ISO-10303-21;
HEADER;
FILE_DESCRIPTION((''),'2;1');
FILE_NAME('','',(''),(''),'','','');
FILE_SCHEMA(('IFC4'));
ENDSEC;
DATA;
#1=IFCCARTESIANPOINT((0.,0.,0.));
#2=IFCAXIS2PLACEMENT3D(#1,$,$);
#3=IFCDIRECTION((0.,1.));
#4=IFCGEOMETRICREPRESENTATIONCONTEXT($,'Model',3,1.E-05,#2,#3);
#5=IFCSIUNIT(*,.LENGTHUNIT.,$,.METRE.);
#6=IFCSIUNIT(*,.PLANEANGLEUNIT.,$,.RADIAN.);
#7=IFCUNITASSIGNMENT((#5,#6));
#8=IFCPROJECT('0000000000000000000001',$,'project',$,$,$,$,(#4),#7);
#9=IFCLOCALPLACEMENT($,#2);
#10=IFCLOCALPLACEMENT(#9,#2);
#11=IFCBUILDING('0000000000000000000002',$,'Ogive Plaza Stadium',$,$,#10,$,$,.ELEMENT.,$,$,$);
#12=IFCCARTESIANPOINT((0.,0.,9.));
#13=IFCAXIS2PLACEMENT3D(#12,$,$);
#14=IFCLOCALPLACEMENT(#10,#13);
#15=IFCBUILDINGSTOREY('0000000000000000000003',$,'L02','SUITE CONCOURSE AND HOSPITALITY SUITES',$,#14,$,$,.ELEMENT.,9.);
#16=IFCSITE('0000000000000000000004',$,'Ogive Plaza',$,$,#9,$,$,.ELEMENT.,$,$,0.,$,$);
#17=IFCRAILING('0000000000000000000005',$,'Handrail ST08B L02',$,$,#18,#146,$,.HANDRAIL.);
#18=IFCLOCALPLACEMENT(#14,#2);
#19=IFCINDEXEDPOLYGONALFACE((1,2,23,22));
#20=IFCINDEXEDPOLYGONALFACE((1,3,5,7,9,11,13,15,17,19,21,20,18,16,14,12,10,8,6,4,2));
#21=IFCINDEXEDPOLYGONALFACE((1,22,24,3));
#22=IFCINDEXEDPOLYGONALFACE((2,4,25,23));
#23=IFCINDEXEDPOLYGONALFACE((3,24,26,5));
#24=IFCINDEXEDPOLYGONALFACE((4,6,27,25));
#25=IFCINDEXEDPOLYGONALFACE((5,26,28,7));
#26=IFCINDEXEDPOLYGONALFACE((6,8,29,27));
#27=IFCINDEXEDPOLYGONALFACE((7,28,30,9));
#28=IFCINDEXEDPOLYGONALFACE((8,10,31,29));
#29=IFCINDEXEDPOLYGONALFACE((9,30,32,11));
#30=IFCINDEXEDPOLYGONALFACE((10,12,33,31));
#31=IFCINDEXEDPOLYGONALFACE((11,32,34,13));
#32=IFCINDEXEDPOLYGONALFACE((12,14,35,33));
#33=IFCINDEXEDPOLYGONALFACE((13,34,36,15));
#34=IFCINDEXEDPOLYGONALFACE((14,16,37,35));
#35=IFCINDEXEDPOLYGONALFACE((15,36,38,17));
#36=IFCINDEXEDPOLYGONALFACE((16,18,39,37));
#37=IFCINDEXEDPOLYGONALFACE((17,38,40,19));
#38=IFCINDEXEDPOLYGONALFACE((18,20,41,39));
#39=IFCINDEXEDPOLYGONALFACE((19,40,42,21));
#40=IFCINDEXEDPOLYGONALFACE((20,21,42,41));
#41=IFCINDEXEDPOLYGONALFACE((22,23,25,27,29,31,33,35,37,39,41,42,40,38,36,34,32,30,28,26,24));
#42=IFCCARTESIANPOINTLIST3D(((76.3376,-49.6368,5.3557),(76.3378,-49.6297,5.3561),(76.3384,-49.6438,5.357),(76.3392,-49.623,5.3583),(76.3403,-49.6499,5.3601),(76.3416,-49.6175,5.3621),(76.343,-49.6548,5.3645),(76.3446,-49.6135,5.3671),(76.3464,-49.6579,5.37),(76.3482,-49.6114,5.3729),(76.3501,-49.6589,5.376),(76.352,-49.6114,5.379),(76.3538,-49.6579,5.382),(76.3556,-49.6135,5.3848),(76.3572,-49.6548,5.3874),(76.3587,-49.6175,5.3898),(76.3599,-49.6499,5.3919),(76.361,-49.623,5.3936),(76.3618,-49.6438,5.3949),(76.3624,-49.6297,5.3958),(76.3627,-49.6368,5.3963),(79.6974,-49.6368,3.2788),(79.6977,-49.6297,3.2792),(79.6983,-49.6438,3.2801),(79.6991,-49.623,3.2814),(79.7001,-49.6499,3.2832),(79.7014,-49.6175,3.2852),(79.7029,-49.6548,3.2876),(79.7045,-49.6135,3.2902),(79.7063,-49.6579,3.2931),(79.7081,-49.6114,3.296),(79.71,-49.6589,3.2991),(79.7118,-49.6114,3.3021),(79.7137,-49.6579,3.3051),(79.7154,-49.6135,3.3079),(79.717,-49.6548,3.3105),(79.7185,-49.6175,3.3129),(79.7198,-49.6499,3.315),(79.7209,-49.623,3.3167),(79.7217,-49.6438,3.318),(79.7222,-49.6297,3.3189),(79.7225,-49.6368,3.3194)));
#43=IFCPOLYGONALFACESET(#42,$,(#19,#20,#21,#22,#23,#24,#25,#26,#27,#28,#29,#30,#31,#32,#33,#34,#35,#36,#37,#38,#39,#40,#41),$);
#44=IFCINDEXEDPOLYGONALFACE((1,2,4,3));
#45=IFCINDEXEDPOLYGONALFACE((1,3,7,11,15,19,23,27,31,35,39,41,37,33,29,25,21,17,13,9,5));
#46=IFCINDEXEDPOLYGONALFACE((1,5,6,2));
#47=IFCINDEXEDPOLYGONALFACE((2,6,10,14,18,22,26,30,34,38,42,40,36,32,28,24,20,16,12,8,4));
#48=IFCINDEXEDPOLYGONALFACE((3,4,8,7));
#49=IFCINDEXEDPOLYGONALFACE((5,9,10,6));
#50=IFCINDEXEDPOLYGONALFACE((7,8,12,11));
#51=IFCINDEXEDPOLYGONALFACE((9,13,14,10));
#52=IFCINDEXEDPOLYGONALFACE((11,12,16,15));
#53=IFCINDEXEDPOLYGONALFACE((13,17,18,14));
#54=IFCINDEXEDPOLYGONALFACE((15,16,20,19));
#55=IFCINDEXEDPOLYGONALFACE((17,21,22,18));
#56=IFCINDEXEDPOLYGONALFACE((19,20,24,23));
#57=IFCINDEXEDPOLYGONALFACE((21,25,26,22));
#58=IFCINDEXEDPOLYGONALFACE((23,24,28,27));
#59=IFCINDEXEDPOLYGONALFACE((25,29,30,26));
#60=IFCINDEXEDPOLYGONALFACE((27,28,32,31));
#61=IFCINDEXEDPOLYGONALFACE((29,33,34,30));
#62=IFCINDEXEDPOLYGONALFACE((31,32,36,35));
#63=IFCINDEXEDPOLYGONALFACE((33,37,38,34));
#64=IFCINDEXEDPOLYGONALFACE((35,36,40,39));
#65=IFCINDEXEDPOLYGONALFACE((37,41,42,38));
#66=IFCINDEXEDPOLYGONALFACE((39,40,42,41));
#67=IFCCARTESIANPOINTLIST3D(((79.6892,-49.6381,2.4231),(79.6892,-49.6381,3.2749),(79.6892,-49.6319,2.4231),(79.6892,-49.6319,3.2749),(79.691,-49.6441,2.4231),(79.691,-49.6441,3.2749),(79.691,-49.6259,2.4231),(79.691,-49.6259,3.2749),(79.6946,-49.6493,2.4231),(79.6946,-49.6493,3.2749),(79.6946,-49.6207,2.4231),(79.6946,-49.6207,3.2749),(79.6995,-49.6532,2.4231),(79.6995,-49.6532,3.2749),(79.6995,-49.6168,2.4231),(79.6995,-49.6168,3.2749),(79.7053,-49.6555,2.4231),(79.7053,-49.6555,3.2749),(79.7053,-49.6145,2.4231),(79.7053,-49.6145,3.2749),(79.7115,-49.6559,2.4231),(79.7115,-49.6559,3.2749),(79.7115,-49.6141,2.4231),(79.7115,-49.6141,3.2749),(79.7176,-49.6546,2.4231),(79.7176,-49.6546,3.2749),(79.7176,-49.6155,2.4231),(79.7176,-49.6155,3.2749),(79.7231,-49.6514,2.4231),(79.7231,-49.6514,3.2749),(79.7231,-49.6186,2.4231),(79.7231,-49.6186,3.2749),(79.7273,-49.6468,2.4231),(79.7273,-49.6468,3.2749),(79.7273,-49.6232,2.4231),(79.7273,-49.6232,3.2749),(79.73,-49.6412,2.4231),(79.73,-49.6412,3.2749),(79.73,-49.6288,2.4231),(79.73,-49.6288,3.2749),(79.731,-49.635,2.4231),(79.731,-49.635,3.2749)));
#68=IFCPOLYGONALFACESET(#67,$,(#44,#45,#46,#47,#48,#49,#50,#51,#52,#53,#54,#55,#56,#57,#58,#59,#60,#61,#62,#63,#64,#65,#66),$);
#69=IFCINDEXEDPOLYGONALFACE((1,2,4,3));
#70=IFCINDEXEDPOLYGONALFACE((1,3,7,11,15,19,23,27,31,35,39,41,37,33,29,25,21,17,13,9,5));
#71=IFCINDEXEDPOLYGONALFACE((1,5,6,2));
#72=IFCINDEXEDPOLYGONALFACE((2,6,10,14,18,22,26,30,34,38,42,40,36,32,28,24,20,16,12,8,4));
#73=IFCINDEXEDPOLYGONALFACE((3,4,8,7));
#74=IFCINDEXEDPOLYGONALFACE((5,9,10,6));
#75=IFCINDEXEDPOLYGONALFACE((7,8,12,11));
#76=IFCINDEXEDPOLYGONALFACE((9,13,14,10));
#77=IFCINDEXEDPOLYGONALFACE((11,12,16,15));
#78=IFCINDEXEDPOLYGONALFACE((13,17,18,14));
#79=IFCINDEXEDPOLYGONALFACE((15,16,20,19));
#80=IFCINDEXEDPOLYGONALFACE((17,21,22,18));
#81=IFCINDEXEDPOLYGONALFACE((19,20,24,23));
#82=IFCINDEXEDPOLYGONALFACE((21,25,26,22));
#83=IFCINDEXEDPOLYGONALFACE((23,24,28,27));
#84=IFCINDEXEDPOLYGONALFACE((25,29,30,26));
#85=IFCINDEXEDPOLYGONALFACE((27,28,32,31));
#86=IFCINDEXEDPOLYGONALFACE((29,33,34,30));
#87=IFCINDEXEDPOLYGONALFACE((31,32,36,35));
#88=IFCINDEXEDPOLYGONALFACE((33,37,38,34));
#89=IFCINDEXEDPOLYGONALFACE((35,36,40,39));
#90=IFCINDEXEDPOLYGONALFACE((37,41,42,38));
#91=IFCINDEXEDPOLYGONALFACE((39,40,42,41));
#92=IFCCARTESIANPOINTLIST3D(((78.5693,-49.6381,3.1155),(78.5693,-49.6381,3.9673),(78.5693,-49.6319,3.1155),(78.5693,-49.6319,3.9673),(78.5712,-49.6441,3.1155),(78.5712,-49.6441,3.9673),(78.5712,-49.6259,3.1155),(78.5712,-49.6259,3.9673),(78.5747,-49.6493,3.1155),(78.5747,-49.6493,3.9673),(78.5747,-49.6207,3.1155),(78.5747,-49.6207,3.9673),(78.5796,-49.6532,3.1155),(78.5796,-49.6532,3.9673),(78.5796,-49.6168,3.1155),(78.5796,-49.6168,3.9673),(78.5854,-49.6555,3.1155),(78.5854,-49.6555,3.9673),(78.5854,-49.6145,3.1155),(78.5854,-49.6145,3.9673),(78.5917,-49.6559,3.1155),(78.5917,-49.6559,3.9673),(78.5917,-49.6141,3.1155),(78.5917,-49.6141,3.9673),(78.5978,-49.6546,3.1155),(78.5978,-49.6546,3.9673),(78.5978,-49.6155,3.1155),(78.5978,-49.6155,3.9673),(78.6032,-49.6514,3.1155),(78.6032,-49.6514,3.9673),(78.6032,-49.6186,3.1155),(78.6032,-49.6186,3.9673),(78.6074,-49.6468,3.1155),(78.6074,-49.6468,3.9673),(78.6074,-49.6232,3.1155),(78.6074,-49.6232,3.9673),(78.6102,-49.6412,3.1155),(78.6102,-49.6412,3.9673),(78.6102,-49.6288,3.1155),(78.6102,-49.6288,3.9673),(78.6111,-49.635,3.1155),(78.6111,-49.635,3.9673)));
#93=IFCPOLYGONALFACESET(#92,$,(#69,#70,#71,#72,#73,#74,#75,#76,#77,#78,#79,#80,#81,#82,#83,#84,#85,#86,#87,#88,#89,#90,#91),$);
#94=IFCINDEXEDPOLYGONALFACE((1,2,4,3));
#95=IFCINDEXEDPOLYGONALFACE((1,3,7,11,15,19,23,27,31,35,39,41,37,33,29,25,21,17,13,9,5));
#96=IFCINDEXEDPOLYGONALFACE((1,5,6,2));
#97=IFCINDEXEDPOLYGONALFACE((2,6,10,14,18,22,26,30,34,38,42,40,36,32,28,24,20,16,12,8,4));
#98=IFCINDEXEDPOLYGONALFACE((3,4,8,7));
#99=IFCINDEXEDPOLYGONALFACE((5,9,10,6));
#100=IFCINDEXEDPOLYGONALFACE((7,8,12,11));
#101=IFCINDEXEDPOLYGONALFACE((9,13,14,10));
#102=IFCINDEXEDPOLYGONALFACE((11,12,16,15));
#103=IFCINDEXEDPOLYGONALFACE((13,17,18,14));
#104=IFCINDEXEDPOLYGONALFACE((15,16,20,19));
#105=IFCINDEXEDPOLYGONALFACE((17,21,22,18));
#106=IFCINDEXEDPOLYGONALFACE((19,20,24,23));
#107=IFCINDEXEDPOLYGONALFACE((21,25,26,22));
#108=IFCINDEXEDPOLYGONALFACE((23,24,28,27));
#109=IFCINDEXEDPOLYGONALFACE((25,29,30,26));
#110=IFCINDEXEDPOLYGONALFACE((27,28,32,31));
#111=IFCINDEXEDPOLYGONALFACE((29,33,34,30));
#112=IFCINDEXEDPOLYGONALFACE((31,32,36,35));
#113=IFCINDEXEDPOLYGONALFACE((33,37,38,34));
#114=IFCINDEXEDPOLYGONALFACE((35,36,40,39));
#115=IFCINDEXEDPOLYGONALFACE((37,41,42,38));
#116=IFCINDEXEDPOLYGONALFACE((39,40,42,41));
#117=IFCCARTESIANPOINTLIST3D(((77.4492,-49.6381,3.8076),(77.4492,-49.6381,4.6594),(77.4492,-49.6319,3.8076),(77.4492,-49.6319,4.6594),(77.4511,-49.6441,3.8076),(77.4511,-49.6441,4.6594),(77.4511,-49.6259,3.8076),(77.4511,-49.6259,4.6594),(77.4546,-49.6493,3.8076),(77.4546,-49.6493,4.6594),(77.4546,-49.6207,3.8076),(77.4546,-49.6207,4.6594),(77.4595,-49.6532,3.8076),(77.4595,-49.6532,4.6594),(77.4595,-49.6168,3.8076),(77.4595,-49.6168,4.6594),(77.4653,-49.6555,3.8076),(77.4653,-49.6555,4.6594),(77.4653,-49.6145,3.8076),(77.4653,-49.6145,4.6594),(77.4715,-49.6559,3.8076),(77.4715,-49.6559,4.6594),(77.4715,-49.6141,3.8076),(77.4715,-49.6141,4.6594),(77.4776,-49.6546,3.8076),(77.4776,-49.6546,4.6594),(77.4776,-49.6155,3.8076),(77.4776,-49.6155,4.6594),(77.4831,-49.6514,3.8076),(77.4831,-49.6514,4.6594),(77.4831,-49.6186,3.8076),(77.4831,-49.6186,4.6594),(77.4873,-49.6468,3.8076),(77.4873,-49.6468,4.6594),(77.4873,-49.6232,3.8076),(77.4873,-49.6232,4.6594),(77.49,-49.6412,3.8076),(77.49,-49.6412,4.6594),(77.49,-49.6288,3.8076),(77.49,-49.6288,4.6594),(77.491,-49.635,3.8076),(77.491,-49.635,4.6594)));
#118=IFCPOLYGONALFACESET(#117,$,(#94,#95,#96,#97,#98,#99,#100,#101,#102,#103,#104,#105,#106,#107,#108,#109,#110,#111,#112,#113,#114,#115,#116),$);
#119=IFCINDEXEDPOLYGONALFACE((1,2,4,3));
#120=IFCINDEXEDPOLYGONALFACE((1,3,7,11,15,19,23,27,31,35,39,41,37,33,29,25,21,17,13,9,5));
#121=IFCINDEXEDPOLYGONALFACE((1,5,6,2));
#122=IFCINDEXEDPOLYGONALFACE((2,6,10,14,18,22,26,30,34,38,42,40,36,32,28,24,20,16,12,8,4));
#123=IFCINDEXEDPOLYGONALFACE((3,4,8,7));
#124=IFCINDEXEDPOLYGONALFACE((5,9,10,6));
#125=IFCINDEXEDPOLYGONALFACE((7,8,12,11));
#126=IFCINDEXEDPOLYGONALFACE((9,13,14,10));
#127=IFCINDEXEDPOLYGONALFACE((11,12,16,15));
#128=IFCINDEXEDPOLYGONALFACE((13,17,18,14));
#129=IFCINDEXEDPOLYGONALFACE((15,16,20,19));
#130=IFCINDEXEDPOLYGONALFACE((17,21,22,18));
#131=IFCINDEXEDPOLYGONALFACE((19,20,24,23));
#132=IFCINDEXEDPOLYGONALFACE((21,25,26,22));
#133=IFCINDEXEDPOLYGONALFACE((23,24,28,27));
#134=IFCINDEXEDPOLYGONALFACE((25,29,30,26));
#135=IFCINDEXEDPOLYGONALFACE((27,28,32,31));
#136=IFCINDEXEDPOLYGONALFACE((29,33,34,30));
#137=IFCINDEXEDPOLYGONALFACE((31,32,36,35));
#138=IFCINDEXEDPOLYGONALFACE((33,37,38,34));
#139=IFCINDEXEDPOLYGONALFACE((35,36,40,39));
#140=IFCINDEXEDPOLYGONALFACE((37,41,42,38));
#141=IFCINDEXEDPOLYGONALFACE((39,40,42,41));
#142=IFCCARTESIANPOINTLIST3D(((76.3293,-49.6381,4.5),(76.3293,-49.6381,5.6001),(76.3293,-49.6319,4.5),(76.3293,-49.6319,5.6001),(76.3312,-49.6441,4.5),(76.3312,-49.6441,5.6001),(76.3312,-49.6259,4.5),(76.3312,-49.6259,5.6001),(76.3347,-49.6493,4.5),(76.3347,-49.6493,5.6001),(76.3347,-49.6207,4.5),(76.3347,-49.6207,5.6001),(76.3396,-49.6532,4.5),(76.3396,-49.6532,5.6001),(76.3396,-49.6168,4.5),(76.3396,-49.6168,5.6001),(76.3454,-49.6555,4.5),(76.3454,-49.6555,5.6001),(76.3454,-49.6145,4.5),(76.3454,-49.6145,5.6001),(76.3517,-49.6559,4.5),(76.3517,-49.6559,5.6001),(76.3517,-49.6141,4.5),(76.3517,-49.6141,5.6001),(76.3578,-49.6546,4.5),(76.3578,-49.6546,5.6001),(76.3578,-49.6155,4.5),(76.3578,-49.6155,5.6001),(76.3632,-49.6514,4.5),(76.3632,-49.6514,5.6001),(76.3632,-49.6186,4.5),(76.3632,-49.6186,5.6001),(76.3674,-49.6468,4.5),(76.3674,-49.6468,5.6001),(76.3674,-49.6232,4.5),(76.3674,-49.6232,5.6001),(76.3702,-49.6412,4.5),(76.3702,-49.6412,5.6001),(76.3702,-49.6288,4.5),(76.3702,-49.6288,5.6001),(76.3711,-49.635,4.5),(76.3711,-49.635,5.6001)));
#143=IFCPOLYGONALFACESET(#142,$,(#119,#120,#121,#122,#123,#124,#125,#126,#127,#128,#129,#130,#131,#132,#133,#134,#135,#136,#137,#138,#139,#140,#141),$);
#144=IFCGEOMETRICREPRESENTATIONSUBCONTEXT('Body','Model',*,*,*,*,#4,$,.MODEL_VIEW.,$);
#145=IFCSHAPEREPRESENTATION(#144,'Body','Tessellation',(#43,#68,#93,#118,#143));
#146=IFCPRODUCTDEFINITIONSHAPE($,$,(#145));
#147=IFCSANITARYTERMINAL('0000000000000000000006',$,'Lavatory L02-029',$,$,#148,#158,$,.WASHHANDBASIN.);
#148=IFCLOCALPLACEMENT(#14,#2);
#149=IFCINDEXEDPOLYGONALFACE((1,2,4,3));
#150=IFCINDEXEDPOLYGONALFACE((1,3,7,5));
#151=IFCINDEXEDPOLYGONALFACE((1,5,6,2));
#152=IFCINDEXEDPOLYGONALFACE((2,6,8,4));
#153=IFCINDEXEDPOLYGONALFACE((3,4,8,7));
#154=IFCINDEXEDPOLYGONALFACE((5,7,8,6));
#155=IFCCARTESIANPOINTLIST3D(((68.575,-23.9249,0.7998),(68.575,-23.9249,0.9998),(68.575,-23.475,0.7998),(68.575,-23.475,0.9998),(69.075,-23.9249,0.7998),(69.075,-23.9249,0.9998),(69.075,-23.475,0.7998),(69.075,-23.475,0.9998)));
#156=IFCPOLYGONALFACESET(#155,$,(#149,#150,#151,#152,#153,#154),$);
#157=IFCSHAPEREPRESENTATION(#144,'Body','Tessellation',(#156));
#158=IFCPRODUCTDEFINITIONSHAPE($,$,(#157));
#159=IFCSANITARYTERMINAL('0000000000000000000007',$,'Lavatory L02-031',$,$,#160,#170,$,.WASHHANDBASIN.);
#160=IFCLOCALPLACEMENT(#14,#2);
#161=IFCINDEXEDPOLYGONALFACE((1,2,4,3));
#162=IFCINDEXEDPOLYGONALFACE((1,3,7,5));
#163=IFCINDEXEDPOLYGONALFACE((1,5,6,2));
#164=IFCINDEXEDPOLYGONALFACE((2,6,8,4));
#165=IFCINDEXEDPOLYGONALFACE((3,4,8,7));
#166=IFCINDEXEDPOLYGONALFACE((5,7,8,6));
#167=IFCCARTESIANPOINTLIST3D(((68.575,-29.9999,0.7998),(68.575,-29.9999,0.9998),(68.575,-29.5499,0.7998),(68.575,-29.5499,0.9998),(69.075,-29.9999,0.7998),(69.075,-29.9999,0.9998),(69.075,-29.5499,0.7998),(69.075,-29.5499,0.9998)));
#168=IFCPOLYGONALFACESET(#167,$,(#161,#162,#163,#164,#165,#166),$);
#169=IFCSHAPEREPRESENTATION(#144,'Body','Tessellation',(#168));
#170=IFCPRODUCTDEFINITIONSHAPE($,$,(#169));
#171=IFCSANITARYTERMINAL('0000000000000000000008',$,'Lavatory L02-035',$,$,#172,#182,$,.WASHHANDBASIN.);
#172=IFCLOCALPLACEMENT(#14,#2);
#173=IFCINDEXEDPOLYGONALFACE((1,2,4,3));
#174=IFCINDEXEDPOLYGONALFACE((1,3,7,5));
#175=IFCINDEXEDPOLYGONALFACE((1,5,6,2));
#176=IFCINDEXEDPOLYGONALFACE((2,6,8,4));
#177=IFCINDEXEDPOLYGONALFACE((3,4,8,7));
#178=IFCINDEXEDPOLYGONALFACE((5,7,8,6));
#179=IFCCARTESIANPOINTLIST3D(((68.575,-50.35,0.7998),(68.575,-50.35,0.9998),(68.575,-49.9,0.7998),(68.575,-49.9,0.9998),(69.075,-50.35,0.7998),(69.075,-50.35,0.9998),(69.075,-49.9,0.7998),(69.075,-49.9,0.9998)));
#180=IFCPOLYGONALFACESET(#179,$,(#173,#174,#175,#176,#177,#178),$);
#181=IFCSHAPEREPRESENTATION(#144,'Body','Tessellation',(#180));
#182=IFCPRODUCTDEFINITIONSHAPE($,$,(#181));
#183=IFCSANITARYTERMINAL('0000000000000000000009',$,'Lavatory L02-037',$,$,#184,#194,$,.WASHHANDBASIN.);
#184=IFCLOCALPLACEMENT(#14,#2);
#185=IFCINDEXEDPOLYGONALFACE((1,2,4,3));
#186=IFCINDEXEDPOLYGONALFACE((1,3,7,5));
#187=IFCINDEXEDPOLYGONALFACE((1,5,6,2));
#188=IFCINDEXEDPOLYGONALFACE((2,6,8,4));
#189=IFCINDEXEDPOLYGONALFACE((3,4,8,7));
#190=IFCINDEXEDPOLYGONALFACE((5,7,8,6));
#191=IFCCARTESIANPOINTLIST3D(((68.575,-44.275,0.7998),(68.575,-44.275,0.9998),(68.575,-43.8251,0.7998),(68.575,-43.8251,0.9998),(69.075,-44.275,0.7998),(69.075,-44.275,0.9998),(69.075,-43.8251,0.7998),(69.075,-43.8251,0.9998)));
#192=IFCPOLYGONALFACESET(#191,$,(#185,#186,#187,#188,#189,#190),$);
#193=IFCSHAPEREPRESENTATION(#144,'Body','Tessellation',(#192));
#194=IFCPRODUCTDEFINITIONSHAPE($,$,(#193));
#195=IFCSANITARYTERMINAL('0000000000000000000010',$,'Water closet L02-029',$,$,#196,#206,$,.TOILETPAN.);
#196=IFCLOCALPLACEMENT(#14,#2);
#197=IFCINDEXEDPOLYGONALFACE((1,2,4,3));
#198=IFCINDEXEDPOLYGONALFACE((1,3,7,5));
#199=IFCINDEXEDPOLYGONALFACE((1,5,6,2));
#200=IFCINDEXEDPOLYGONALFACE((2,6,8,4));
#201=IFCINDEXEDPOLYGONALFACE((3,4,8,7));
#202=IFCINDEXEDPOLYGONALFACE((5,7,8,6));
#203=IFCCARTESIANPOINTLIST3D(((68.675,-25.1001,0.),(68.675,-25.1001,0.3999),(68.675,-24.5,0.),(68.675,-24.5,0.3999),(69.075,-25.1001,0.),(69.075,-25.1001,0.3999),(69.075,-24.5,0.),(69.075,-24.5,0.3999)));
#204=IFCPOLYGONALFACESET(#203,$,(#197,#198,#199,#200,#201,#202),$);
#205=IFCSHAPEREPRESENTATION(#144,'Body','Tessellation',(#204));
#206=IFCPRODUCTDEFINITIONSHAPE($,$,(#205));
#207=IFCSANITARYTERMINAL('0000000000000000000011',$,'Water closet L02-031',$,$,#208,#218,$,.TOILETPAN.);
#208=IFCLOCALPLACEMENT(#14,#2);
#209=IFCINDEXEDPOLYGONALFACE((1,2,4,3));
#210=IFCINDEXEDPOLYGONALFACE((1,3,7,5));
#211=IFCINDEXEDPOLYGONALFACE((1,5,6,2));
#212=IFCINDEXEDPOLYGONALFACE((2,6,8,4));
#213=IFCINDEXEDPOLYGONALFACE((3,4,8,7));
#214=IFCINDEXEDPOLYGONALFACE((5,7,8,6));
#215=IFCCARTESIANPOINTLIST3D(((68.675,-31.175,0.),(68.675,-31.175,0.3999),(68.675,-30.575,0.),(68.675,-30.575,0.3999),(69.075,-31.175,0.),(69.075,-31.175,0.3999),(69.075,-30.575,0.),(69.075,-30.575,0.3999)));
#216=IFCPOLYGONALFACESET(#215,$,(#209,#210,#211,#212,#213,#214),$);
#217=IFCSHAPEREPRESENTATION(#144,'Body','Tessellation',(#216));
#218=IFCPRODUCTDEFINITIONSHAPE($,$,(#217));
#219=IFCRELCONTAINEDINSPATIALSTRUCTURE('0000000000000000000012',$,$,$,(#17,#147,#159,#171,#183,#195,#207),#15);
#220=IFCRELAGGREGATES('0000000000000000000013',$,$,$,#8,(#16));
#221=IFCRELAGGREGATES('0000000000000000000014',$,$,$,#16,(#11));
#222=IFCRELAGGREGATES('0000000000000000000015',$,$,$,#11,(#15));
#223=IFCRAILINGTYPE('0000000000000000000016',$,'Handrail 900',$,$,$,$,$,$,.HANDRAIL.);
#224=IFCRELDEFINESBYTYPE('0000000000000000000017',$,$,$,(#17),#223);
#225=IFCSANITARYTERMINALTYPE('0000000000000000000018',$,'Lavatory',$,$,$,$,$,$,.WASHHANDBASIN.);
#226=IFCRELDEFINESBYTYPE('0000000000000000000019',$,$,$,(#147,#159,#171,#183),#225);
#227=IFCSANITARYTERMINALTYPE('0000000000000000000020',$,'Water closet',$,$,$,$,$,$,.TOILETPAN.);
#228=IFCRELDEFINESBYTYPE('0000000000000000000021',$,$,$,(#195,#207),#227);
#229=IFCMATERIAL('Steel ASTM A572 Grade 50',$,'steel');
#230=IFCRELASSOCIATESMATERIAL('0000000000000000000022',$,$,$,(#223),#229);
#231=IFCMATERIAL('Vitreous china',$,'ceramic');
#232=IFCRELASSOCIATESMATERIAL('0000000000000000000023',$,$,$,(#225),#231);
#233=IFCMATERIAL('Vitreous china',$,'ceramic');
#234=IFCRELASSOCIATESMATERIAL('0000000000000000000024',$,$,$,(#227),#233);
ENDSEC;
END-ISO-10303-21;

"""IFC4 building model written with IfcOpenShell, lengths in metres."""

from ifc_helpers import new_model, si_unit, direction, frame, origin, origin_2d, place, context, subcontext, project, spatial, rectangle, circle, extrude, material, type_object, element, save


model = new_model("IFC4")

# Units and contexts
model_context = context("Model", 3, precision=1e-05, world=origin(), true_north=direction((0.0, 1.0)))
body_context = subcontext(model_context, "Body", "Model", "MODEL_VIEW")
ifc_project = project(units=[si_unit("LENGTHUNIT", "METRE"), si_unit("PLANEANGLEUNIT", "RADIAN")], contexts=[model_context])

# Site, building, storey
site_placement = place(None, origin())
site = spatial("IfcSite", under=ifc_project, at=site_placement, Name="Ogive Plaza", CompositionType="ELEMENT", RefElevation=0.0)
building_placement = place(site_placement, origin())
building = spatial("IfcBuilding", under=site, at=building_placement, Name="Ogive Plaza Stadium", CompositionType="ELEMENT")
storey_placement = place(building_placement, frame((0.0, 0.0, 9.0)))
storey = spatial("IfcBuildingStorey", under=building, at=storey_placement, Name="L02", Description="SUITE CONCOURSE AND HOSPITALITY SUITES", CompositionType="ELEMENT", Elevation=9.0)

# Railing
ifc_material_1 = material(Name="Steel ASTM A572 Grade 50", Category="steel")
railing_type_1 = type_object("IfcRailingType", Name="Handrail 900", PredefinedType="HANDRAIL", material=ifc_material_1)
railing_1_placement = place(storey_placement, frame((79.71, -49.635, 2.4231)))
element("IfcRailing", 1, at=railing_1_placement, inside=storey, type_object=railing_type_1, Name="Handrail ST08B L02", PredefinedType="HANDRAIL", context=body_context, shape_type="SweptSolid", body=[
    extrude(circle(Radius=0.0239, at=origin_2d()), frame((0.0, 0.0, 0.876), z_axis=(-0.850606, 0.0, 0.525803), x_axis=(0.0, -1.0, 0.0)), (0.0, 0.0, 1.0), 3.95),
    extrude(circle(Radius=0.021, at=origin_2d()), origin(), (0.0, 0.0, 1.0), 0.8518),
    extrude(circle(Radius=0.021, at=origin_2d()), frame((-1.1199, 0.0, 0.6924)), (0.0, 0.0, 1.0), 0.8518),
    extrude(circle(Radius=0.021, at=origin_2d()), frame((-2.24, 0.0, 1.3845)), (0.0, 0.0, 1.0), 0.8518),
    extrude(circle(Radius=0.021, at=origin_2d()), frame((-3.3599, 0.0, 2.0769)), (0.0, 0.0, 1.0), 1.1001),
])

# Sanitary terminals
ifc_material_2 = material(Name="Vitreous china", Category="ceramic")
sanitary_terminal_type_1 = type_object("IfcSanitaryTerminalType", Name="Lavatory", PredefinedType="WASHHANDBASIN", material=ifc_material_2)
for number, where, z_axis, x_axis, name in (
    (2, (68.825, -23.7, 0.7998), (0.0, 0.0, 1.0), (-1.0, 0.0, 0.0), "Lavatory L02-029"),
    (3, (68.825, -29.7749, 0.7998), (0.0, 0.0, 1.0), (-1.0, 0.0, 0.0), "Lavatory L02-031"),
    (4, (68.825, -50.125, 0.7998), (0.0, 0.0, 1.0), (-1.0, 0.0, 0.0), "Lavatory L02-035"),
    (5, (68.825, -44.05, 0.7998), (0.0, 0.0, 1.0), (-1.0, 0.0, 0.0), "Lavatory L02-037"),
):
    element("IfcSanitaryTerminal", number, at=place(storey_placement, frame(where, z_axis=z_axis, x_axis=x_axis)), inside=storey, type_object=sanitary_terminal_type_1, Name=name, PredefinedType="WASHHANDBASIN", context=body_context, shape_type="SweptSolid", body=[
        extrude(rectangle(XDim=0.5, YDim=0.45, at=origin_2d()), origin(), (0.0, 0.0, 1.0), 0.2),
    ])
ifc_material_3 = material(Name="Vitreous china", Category="ceramic")
sanitary_terminal_type_2 = type_object("IfcSanitaryTerminalType", Name="Water closet", PredefinedType="TOILETPAN", material=ifc_material_3)
for number, where, z_axis, x_axis, name in (
    (6, (68.875, -24.8, 0.0), (0.0, 0.0, 1.0), (-1.0, 0.0, 0.0), "Water closet L02-029"),
    (7, (68.875, -30.875, 0.0), (0.0, 0.0, 1.0), (-1.0, 0.0, 0.0), "Water closet L02-031"),
):
    element("IfcSanitaryTerminal", number, at=place(storey_placement, frame(where, z_axis=z_axis, x_axis=x_axis)), inside=storey, type_object=sanitary_terminal_type_2, Name=name, PredefinedType="TOILETPAN", context=body_context, shape_type="SweptSolid", body=[
        extrude(rectangle(XDim=0.3999, YDim=0.6001, at=origin_2d()), origin(), (0.0, 0.0, 1.0), 0.3999),
    ])

save(model, "model.ifc")
